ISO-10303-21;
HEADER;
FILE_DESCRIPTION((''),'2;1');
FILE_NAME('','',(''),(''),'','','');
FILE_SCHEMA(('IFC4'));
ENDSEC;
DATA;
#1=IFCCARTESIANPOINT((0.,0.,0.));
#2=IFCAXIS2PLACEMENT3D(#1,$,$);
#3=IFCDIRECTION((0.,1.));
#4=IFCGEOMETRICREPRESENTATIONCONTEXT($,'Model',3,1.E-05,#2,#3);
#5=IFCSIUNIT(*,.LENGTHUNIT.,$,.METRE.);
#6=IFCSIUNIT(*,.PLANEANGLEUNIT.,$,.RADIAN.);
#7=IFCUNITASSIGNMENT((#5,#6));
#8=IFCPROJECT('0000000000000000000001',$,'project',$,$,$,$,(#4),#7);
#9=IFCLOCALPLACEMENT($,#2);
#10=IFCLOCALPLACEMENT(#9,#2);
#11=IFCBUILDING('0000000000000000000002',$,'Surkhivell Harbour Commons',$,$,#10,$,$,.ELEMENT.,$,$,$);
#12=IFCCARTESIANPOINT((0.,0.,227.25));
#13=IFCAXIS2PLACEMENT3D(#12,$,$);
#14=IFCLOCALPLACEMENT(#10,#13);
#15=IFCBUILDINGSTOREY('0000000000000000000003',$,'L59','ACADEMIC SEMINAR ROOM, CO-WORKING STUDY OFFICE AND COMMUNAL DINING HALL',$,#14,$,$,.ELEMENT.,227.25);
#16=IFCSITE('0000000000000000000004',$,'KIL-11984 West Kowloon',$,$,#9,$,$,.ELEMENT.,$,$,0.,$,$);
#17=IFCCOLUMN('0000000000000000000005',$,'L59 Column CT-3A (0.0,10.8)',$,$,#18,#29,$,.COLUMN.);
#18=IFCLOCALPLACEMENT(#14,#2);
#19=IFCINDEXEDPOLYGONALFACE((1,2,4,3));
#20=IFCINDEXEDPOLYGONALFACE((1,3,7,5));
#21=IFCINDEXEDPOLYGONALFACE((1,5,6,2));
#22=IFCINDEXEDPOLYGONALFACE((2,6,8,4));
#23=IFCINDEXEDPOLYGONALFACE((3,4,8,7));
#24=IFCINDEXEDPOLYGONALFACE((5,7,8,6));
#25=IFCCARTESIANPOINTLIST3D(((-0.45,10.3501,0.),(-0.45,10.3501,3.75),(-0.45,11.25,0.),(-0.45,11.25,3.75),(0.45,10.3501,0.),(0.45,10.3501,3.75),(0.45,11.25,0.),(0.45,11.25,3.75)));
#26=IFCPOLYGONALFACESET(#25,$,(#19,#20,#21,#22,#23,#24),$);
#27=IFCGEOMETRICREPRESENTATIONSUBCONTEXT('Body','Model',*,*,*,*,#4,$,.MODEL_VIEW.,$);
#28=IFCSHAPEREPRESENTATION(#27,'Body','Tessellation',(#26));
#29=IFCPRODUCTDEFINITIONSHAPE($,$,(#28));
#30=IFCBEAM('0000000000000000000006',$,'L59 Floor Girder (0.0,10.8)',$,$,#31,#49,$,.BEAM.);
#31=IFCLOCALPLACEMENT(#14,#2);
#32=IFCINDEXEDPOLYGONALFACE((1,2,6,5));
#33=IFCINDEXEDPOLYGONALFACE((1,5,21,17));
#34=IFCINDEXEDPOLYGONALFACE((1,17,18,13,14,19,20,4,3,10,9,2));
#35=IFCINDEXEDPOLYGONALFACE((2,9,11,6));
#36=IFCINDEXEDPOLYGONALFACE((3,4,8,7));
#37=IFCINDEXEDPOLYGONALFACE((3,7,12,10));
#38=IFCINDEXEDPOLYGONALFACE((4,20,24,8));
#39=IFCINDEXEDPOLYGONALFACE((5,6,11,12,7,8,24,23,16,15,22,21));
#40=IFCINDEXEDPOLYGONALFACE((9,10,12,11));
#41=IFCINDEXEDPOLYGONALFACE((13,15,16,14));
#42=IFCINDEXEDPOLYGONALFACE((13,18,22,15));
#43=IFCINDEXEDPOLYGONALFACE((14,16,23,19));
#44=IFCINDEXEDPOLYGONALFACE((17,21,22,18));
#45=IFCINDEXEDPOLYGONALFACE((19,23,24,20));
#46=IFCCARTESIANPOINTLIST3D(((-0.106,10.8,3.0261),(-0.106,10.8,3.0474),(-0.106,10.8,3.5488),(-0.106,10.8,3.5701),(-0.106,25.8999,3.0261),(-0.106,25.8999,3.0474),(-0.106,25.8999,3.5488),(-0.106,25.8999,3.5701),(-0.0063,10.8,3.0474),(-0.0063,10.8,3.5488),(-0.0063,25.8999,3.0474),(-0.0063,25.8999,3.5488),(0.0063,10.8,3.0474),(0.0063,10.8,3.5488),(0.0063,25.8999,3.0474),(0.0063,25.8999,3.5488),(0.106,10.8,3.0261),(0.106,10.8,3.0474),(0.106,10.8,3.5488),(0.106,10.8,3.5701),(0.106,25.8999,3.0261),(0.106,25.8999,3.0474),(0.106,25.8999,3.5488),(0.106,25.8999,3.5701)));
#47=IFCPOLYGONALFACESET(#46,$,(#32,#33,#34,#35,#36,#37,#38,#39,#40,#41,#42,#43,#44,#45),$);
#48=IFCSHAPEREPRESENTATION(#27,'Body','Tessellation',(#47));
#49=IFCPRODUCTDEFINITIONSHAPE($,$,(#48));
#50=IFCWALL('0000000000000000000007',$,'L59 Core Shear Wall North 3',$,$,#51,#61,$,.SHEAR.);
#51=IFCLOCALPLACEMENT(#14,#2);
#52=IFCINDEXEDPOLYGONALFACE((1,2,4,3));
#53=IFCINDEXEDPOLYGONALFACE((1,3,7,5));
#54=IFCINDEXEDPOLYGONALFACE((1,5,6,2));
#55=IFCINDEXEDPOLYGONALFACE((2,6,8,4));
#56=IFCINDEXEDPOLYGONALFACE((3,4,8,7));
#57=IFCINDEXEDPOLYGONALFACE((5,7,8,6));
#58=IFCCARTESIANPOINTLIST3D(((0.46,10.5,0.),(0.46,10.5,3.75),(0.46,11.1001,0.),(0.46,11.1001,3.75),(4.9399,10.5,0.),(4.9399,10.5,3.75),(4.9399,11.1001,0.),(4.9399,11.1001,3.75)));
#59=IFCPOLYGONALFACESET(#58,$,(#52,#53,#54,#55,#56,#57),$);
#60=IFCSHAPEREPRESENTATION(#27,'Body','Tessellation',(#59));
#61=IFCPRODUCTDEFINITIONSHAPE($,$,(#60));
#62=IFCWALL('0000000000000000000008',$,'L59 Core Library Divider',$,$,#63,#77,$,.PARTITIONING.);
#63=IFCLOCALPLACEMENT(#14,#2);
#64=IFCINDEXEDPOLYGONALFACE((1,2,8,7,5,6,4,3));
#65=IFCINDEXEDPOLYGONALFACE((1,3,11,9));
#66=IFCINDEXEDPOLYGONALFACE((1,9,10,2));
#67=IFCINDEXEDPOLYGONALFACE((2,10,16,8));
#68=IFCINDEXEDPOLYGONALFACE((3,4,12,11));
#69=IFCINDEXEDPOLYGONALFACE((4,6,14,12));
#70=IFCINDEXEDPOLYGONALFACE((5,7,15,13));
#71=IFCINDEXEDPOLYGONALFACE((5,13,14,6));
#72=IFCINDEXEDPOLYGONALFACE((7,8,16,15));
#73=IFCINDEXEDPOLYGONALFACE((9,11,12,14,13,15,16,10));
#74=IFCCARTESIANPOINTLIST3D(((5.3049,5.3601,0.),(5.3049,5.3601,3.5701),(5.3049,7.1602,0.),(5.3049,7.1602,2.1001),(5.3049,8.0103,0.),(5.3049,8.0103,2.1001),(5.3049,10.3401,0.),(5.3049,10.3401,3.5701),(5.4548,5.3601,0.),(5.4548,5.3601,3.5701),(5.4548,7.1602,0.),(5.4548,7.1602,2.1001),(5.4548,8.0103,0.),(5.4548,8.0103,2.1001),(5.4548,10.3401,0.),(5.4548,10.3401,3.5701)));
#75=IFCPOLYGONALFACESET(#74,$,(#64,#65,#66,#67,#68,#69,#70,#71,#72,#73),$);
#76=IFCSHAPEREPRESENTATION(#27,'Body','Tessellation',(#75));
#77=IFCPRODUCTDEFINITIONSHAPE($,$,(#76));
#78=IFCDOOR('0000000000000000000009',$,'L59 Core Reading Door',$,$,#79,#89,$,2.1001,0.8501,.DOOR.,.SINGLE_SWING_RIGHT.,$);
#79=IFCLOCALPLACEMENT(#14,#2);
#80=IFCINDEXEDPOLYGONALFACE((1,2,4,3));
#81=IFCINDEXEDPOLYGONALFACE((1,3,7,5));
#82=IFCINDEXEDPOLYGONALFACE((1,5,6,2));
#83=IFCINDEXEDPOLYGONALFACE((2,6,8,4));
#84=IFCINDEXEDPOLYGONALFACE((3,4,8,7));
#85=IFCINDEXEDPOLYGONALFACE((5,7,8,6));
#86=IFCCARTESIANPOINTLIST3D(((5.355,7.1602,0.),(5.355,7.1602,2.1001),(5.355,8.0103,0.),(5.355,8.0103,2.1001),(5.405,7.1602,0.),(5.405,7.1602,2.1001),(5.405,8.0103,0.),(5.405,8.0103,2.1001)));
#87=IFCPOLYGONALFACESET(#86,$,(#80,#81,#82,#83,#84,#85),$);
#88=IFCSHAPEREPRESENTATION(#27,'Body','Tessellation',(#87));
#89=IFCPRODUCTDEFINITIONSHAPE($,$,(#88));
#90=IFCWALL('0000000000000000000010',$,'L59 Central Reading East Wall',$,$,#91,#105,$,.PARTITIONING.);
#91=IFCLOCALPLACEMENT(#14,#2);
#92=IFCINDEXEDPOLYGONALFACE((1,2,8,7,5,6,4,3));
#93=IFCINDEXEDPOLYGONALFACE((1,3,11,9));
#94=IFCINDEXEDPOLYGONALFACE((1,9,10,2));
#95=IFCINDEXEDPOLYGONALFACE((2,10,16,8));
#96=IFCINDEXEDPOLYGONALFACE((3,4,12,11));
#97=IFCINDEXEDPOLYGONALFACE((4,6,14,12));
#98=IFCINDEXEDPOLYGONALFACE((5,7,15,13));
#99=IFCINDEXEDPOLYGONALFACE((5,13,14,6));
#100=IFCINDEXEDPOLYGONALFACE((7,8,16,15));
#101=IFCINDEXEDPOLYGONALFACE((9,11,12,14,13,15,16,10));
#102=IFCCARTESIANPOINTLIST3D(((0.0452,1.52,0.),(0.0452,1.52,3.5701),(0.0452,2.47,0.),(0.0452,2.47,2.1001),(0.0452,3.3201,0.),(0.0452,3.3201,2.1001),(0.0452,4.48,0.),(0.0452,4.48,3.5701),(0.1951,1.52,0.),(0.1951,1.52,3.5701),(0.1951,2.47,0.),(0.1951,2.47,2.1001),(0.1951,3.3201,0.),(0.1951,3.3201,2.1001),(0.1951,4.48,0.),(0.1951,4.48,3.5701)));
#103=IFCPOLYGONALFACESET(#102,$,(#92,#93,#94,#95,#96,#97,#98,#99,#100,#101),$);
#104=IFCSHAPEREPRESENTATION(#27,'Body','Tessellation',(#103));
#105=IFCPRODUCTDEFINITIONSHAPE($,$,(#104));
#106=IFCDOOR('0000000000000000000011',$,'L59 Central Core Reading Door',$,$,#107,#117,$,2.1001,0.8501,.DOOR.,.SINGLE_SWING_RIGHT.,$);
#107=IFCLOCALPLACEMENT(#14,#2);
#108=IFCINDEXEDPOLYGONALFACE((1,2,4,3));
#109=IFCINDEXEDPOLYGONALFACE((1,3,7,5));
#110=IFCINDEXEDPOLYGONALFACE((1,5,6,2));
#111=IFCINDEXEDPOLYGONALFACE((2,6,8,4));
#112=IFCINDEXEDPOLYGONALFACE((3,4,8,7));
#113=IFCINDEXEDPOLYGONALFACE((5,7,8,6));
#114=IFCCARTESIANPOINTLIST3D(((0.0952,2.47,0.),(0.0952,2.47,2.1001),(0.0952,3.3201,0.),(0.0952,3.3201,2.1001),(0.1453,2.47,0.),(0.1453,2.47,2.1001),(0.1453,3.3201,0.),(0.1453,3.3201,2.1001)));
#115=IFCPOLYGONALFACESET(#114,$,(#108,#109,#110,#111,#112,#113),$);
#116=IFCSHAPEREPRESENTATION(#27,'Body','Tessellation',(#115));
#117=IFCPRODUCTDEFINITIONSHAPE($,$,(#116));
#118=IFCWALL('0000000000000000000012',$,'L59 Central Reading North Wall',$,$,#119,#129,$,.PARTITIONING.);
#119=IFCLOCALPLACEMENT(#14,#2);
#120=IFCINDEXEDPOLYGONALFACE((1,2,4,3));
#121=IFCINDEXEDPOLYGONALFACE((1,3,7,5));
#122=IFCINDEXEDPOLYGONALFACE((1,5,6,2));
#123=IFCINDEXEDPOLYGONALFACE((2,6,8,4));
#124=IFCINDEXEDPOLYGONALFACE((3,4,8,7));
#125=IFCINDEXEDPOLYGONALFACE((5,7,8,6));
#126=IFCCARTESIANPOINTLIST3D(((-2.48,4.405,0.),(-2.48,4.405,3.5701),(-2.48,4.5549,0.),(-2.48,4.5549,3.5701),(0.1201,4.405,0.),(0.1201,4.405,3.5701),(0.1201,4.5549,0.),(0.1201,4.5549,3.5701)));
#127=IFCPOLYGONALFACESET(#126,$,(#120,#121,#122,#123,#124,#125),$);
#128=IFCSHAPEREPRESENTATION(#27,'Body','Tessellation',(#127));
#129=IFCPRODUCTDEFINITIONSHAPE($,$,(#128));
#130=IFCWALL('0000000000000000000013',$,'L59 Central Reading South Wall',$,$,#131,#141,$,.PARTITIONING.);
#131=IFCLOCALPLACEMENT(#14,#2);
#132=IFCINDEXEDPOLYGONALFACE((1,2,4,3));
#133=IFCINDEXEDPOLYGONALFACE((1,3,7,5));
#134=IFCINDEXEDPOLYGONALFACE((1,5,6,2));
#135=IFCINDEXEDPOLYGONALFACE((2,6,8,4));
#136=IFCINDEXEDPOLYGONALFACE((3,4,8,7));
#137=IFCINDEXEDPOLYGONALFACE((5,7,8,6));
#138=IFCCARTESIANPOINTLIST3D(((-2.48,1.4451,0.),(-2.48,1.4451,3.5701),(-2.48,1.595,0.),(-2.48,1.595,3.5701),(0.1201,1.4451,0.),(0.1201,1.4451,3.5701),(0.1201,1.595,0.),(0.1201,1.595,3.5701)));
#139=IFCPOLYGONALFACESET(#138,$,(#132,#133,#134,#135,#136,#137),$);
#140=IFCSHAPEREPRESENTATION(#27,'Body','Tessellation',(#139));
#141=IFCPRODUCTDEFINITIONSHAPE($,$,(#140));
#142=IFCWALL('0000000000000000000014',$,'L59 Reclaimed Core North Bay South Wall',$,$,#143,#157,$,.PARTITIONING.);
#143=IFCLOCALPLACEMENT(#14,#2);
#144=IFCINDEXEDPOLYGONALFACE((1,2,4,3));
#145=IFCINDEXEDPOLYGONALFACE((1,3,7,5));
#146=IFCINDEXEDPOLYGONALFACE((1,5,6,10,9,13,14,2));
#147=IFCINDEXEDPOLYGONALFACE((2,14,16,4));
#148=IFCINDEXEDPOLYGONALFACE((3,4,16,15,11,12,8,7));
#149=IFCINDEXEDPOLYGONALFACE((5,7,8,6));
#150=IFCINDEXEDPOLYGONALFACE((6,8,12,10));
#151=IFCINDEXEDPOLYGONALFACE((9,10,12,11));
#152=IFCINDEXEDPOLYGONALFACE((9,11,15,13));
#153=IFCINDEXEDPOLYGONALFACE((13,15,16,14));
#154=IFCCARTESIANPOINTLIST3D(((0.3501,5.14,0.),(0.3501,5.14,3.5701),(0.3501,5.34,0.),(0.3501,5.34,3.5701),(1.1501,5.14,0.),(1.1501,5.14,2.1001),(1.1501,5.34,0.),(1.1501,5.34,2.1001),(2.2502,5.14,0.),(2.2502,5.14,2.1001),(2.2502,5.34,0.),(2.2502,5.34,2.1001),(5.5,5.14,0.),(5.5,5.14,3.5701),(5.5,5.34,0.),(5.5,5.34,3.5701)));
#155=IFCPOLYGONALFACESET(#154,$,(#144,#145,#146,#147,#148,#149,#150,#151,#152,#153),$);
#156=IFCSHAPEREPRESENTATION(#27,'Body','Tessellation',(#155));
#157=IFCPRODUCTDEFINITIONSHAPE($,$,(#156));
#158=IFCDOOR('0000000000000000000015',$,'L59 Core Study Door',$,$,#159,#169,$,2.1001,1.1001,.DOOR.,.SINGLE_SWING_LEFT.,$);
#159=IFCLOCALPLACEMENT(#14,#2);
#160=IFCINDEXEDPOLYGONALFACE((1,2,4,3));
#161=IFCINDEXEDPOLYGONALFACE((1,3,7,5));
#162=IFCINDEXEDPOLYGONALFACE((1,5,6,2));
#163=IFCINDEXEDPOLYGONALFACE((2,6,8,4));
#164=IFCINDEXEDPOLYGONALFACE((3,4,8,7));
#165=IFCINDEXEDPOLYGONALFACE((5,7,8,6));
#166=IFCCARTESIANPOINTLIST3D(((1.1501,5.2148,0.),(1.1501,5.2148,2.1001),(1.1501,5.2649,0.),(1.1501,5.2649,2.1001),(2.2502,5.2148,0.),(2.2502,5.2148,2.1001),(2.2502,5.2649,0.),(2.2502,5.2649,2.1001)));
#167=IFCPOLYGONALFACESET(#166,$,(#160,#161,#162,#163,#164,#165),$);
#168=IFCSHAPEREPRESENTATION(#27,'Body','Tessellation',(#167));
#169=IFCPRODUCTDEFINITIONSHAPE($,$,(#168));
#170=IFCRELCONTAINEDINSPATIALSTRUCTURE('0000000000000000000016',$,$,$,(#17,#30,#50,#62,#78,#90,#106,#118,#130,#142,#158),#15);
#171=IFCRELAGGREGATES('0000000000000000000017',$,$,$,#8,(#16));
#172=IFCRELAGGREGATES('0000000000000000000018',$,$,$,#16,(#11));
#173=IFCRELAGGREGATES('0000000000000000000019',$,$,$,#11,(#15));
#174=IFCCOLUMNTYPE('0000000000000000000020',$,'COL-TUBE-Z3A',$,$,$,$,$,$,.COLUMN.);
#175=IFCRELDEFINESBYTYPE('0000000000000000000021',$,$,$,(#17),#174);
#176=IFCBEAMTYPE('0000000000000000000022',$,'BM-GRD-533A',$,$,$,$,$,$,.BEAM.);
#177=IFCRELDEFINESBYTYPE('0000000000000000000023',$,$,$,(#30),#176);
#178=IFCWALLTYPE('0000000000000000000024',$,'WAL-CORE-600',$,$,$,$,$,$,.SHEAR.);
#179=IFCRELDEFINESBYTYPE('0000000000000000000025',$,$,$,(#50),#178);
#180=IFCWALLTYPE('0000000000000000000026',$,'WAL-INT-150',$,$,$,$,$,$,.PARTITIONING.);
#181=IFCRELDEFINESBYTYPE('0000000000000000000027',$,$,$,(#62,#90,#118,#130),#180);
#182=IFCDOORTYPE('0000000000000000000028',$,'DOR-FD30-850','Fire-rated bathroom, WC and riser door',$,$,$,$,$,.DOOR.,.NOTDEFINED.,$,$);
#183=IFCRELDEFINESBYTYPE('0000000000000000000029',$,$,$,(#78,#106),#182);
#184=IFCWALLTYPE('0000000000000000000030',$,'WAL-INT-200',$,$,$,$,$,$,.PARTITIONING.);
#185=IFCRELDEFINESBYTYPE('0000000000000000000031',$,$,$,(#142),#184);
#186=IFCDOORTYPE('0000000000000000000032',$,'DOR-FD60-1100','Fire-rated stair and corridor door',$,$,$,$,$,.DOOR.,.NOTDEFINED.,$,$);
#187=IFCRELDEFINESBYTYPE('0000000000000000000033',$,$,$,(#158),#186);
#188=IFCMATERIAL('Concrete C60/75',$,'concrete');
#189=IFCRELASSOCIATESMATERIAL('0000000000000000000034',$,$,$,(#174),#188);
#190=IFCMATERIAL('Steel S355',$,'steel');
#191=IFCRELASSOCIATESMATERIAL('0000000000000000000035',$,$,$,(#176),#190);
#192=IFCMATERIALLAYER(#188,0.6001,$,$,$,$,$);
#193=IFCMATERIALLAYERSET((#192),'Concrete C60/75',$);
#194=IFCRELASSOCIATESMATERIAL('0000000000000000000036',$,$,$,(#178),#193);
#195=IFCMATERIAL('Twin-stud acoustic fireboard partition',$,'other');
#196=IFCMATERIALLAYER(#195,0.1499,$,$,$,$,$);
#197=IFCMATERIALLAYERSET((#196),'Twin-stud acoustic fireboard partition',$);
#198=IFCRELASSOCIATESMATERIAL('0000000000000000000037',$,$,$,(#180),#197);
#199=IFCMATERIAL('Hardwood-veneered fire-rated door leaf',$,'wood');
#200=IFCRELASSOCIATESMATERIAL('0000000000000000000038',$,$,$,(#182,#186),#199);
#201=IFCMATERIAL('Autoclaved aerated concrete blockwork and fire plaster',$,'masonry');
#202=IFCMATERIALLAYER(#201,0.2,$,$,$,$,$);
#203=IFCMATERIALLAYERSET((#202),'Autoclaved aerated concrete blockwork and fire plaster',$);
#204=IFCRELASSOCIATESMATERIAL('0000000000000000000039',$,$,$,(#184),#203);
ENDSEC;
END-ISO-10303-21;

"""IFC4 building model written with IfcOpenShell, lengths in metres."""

from ifc_helpers import new_model, si_unit, direction, frame, frame_2d, origin, origin_2d, place, context, subcontext, project, spatial, rectangle, i_section, extrude, material, layer, layer_set, material_profile, profile_set, type_object, element, fill, save


model = new_model("IFC4")

# Units and contexts
model_context = context("Model", 3, precision=1e-05, world=origin(), true_north=direction((0.0, 1.0)))
body_context = subcontext(model_context, "Body", "Model", "MODEL_VIEW")
ifc_project = project(units=[si_unit("LENGTHUNIT", "METRE"), si_unit("PLANEANGLEUNIT", "RADIAN")], contexts=[model_context])

# Site, building, storey
site_placement = place(None, origin())
site = spatial("IfcSite", under=ifc_project, at=site_placement, Name="KIL-11984 West Kowloon", CompositionType="ELEMENT", RefElevation=0.0)
building_placement = place(site_placement, origin())
building = spatial("IfcBuilding", under=site, at=building_placement, Name="Surkhivell Harbour Commons", CompositionType="ELEMENT")
storey_placement = place(building_placement, frame((0.0, 0.0, 227.25)))
storey = spatial("IfcBuildingStorey", under=building, at=storey_placement, Name="L59", Description="ACADEMIC SEMINAR ROOM, CO-WORKING STUDY OFFICE AND COMMUNAL DINING HALL", CompositionType="ELEMENT", Elevation=227.25)

# Column
ifc_material_1 = material(Name="Concrete C60/75", Category="concrete")
ifc_material_profile_1 = material_profile(ifc_material_1, rectangle(XDim=0.8999, YDim=0.8999, at=origin_2d()), Name="RC-COL-900x900")
ifc_profile_set_1 = profile_set([ifc_material_profile_1], Name="Concrete C60/75")
column_type = type_object("IfcColumnType", Name="COL-TUBE-Z3A", PredefinedType="COLUMN", material=ifc_profile_set_1)
column_placement = place(storey_placement, frame((0.0, 10.8, 0.0), z_axis=(0.0, 0.0, 1.0), x_axis=(1.0, 0.0, 0.0)))
element("IfcColumn", 1, at=column_placement, inside=storey, type_object=column_type, Name="L59 Column CT-3A (0.0,10.8)", PredefinedType="COLUMN", context=body_context, shape_type="SweptSolid", body=[
    extrude(rectangle(XDim=0.8999, YDim=0.8999, at=origin_2d()), origin(), (0.0, 0.0, 1.0), 3.75),
])

# Beam
ifc_material_2 = material(Name="Steel S355", Category="steel")
ifc_material_profile_2 = material_profile(ifc_material_2, i_section(OverallWidth=0.2119, OverallDepth=0.5439, WebThickness=0.0127, FlangeThickness=0.0212, at=origin_2d()), Name="UB533x210x122")
ifc_profile_set_2 = profile_set([ifc_material_profile_2], Name="Steel S355")
beam_type = type_object("IfcBeamType", Name="BM-GRD-533A", PredefinedType="BEAM", material=ifc_profile_set_2)
beam_placement = place(storey_placement, frame((0.0, 10.8, 3.2981), z_axis=(0.0, 1.0, 0.0), x_axis=(-1.0, 0.0, 0.0)))
element("IfcBeam", 2, at=beam_placement, inside=storey, type_object=beam_type, Name="L59 Floor Girder (0.0,10.8)", PredefinedType="BEAM", context=body_context, shape_type="SweptSolid", body=[
    extrude(i_section(OverallWidth=0.2119, OverallDepth=0.5439, WebThickness=0.0127, FlangeThickness=0.0212, at=origin_2d()), origin(), (0.0, 0.0, 1.0), 15.0999),
])

# Wall
ifc_layer_1 = layer(ifc_material_1, 0.6001)
ifc_layer_set_1 = layer_set([ifc_layer_1], Name="Concrete C60/75")
wall_type_1 = type_object("IfcWallType", Name="WAL-CORE-600", PredefinedType="SHEAR", material=ifc_layer_set_1)
wall_1_placement = place(storey_placement, frame((0.46, 10.8, 0.0), z_axis=(0.0, 0.0, 1.0), x_axis=(1.0, 0.0, 0.0)))
element("IfcWall", 3, at=wall_1_placement, inside=storey, type_object=wall_type_1, Name="L59 Core Shear Wall North 3", PredefinedType="SHEAR", context=body_context, shape_type="SweptSolid", body=[
    extrude(rectangle(XDim=4.48, YDim=0.6001, at=frame_2d((2.24, 0.0))), origin(), (0.0, 0.0, 1.0), 3.75),
])

# Walls, openings, doors
ifc_material_3 = material(Name="Twin-stud acoustic fireboard partition", Category="other")
ifc_layer_2 = layer(ifc_material_3, 0.1499)
ifc_layer_set_2 = layer_set([ifc_layer_2], Name="Twin-stud acoustic fireboard partition")
wall_type_2 = type_object("IfcWallType", Name="WAL-INT-150", PredefinedType="PARTITIONING", material=ifc_layer_set_2)
wall_2_placement = place(storey_placement, frame((5.3799, 5.3601, 0.0), z_axis=(0.0, 0.0, 1.0), x_axis=(0.0, 1.0, 0.0)))
wall_2 = element("IfcWall", 4, at=wall_2_placement, inside=storey, type_object=wall_type_2, Name="L59 Core Library Divider", PredefinedType="PARTITIONING", context=body_context, shape_type="SweptSolid", body=[
    extrude(rectangle(XDim=4.98, YDim=0.1499, at=frame_2d((2.49, 0.0))), origin(), (0.0, 0.0, 1.0), 3.5701),
])
opening_1_placement = place(wall_2_placement, frame((1.8, 0.0, 0.0)))
opening_1 = element("IfcOpeningElement", 5, at=opening_1_placement, cuts=wall_2, PredefinedType="OPENING", context=body_context, shape_type="SweptSolid", body=[
    extrude(rectangle(XDim=0.8501, YDim=2.1001, at=frame_2d((0.425, 1.05))), frame((0.0, 0.085, 0.0), z_axis=(0.0, -1.0, 0.0), x_axis=(1.0, 0.0, 0.0)), (0.0, 0.0, 1.0), 0.1699),
])
ifc_material_4 = material(Name="Hardwood-veneered fire-rated door leaf", Category="wood")
door_type_1 = type_object("IfcDoorType", Name="DOR-FD30-850", Description="Fire-rated bathroom, WC and riser door", OperationType="NOTDEFINED", PredefinedType="DOOR", material=ifc_material_4)
door_1_placement = place(opening_1_placement, origin())
door_1 = element("IfcDoor", 6, at=door_1_placement, inside=storey, type_object=door_type_1, Name="L59 Core Reading Door", OperationType="SINGLE_SWING_RIGHT", OverallHeight=2.1001, OverallWidth=0.8501, PredefinedType="DOOR", context=body_context, shape_type="SweptSolid", body=[
    extrude(rectangle(XDim=0.8501, YDim=2.1001, at=frame_2d((0.425, 1.05))), frame((0.0, 0.0249, 0.0), z_axis=(0.0, -1.0, 0.0), x_axis=(1.0, 0.0, 0.0)), (0.0, 0.0, 1.0), 0.05),
])
fill(opening_1, door_1)
wall_3_placement = place(storey_placement, frame((0.1201, 1.52, 0.0), z_axis=(0.0, 0.0, 1.0), x_axis=(0.0, 1.0, 0.0)))
wall_3 = element("IfcWall", 7, at=wall_3_placement, inside=storey, type_object=wall_type_2, Name="L59 Central Reading East Wall", PredefinedType="PARTITIONING", context=body_context, shape_type="SweptSolid", body=[
    extrude(rectangle(XDim=2.96, YDim=0.1499, at=frame_2d((1.48, 0.0))), origin(), (0.0, 0.0, 1.0), 3.5701),
])
opening_2_placement = place(wall_3_placement, frame((0.95, 0.0, 0.0)))
opening_2 = element("IfcOpeningElement", 8, at=opening_2_placement, cuts=wall_3, PredefinedType="OPENING", context=body_context, shape_type="SweptSolid", body=[
    extrude(rectangle(XDim=0.8501, YDim=2.1001, at=frame_2d((0.425, 1.05))), frame((0.0, 0.085, 0.0), z_axis=(0.0, -1.0, 0.0), x_axis=(1.0, 0.0, 0.0)), (0.0, 0.0, 1.0), 0.1699),
])
door_2_placement = place(opening_2_placement, origin())
door_2 = element("IfcDoor", 9, at=door_2_placement, inside=storey, type_object=door_type_1, Name="L59 Central Core Reading Door", OperationType="SINGLE_SWING_RIGHT", OverallHeight=2.1001, OverallWidth=0.8501, PredefinedType="DOOR", context=body_context, shape_type="SweptSolid", body=[
    extrude(rectangle(XDim=0.8501, YDim=2.1001, at=frame_2d((0.425, 1.05))), frame((0.0, 0.0249, 0.0), z_axis=(0.0, -1.0, 0.0), x_axis=(1.0, 0.0, 0.0)), (0.0, 0.0, 1.0), 0.05),
])
fill(opening_2, door_2)

# Walls
for number, where, z_axis, x_axis, name in (
    (10, (-2.48, 4.48, 0.0), (0.0, 0.0, 1.0), (1.0, 0.0, 0.0), "L59 Central Reading North Wall"),
    (11, (-2.48, 1.52, 0.0), (0.0, 0.0, 1.0), (1.0, 0.0, 0.0), "L59 Central Reading South Wall"),
):
    element("IfcWall", number, at=place(storey_placement, frame(where, z_axis=z_axis, x_axis=x_axis)), inside=storey, type_object=wall_type_2, Name=name, PredefinedType="PARTITIONING", context=body_context, shape_type="SweptSolid", body=[
        extrude(rectangle(XDim=2.6001, YDim=0.1499, at=frame_2d((1.3, 0.0))), origin(), (0.0, 0.0, 1.0), 3.5701),
    ])

# Wall, opening, door
ifc_material_5 = material(Name="Autoclaved aerated concrete blockwork and fire plaster", Category="masonry")
ifc_layer_3 = layer(ifc_material_5, 0.2)
ifc_layer_set_3 = layer_set([ifc_layer_3], Name="Autoclaved aerated concrete blockwork and fire plaster")
wall_type_3 = type_object("IfcWallType", Name="WAL-INT-200", PredefinedType="PARTITIONING", material=ifc_layer_set_3)
wall_4_placement = place(storey_placement, frame((0.3501, 5.24, 0.0), z_axis=(0.0, 0.0, 1.0), x_axis=(1.0, 0.0, 0.0)))
wall_4 = element("IfcWall", 12, at=wall_4_placement, inside=storey, type_object=wall_type_3, Name="L59 Reclaimed Core North Bay South Wall", PredefinedType="PARTITIONING", context=body_context, shape_type="SweptSolid", body=[
    extrude(rectangle(XDim=5.1499, YDim=0.2, at=frame_2d((2.575, 0.0))), origin(), (0.0, 0.0, 1.0), 3.5701),
])
opening_3_placement = place(wall_4_placement, frame((0.8, 0.0, 0.0)))
opening_3 = element("IfcOpeningElement", 13, at=opening_3_placement, cuts=wall_4, PredefinedType="OPENING", context=body_context, shape_type="SweptSolid", body=[
    extrude(rectangle(XDim=1.1001, YDim=2.1001, at=frame_2d((0.55, 1.05))), frame((0.0, 0.1099, 0.0), z_axis=(0.0, -1.0, 0.0), x_axis=(1.0, 0.0, 0.0)), (0.0, 0.0, 1.0), 0.22),
])
door_type_2 = type_object("IfcDoorType", Name="DOR-FD60-1100", Description="Fire-rated stair and corridor door", OperationType="NOTDEFINED", PredefinedType="DOOR", material=ifc_material_4)
door_3_placement = place(opening_3_placement, origin())
door_3 = element("IfcDoor", 14, at=door_3_placement, inside=storey, type_object=door_type_2, Name="L59 Core Study Door", OperationType="SINGLE_SWING_LEFT", OverallHeight=2.1001, OverallWidth=1.1001, PredefinedType="DOOR", context=body_context, shape_type="SweptSolid", body=[
    extrude(rectangle(XDim=1.1001, YDim=2.1001, at=frame_2d((0.55, 1.05))), frame((0.0, 0.0249, 0.0), z_axis=(0.0, -1.0, 0.0), x_axis=(1.0, 0.0, 0.0)), (0.0, 0.0, 1.0), 0.05),
])
fill(opening_3, door_3)

save(model, "model.ifc")
